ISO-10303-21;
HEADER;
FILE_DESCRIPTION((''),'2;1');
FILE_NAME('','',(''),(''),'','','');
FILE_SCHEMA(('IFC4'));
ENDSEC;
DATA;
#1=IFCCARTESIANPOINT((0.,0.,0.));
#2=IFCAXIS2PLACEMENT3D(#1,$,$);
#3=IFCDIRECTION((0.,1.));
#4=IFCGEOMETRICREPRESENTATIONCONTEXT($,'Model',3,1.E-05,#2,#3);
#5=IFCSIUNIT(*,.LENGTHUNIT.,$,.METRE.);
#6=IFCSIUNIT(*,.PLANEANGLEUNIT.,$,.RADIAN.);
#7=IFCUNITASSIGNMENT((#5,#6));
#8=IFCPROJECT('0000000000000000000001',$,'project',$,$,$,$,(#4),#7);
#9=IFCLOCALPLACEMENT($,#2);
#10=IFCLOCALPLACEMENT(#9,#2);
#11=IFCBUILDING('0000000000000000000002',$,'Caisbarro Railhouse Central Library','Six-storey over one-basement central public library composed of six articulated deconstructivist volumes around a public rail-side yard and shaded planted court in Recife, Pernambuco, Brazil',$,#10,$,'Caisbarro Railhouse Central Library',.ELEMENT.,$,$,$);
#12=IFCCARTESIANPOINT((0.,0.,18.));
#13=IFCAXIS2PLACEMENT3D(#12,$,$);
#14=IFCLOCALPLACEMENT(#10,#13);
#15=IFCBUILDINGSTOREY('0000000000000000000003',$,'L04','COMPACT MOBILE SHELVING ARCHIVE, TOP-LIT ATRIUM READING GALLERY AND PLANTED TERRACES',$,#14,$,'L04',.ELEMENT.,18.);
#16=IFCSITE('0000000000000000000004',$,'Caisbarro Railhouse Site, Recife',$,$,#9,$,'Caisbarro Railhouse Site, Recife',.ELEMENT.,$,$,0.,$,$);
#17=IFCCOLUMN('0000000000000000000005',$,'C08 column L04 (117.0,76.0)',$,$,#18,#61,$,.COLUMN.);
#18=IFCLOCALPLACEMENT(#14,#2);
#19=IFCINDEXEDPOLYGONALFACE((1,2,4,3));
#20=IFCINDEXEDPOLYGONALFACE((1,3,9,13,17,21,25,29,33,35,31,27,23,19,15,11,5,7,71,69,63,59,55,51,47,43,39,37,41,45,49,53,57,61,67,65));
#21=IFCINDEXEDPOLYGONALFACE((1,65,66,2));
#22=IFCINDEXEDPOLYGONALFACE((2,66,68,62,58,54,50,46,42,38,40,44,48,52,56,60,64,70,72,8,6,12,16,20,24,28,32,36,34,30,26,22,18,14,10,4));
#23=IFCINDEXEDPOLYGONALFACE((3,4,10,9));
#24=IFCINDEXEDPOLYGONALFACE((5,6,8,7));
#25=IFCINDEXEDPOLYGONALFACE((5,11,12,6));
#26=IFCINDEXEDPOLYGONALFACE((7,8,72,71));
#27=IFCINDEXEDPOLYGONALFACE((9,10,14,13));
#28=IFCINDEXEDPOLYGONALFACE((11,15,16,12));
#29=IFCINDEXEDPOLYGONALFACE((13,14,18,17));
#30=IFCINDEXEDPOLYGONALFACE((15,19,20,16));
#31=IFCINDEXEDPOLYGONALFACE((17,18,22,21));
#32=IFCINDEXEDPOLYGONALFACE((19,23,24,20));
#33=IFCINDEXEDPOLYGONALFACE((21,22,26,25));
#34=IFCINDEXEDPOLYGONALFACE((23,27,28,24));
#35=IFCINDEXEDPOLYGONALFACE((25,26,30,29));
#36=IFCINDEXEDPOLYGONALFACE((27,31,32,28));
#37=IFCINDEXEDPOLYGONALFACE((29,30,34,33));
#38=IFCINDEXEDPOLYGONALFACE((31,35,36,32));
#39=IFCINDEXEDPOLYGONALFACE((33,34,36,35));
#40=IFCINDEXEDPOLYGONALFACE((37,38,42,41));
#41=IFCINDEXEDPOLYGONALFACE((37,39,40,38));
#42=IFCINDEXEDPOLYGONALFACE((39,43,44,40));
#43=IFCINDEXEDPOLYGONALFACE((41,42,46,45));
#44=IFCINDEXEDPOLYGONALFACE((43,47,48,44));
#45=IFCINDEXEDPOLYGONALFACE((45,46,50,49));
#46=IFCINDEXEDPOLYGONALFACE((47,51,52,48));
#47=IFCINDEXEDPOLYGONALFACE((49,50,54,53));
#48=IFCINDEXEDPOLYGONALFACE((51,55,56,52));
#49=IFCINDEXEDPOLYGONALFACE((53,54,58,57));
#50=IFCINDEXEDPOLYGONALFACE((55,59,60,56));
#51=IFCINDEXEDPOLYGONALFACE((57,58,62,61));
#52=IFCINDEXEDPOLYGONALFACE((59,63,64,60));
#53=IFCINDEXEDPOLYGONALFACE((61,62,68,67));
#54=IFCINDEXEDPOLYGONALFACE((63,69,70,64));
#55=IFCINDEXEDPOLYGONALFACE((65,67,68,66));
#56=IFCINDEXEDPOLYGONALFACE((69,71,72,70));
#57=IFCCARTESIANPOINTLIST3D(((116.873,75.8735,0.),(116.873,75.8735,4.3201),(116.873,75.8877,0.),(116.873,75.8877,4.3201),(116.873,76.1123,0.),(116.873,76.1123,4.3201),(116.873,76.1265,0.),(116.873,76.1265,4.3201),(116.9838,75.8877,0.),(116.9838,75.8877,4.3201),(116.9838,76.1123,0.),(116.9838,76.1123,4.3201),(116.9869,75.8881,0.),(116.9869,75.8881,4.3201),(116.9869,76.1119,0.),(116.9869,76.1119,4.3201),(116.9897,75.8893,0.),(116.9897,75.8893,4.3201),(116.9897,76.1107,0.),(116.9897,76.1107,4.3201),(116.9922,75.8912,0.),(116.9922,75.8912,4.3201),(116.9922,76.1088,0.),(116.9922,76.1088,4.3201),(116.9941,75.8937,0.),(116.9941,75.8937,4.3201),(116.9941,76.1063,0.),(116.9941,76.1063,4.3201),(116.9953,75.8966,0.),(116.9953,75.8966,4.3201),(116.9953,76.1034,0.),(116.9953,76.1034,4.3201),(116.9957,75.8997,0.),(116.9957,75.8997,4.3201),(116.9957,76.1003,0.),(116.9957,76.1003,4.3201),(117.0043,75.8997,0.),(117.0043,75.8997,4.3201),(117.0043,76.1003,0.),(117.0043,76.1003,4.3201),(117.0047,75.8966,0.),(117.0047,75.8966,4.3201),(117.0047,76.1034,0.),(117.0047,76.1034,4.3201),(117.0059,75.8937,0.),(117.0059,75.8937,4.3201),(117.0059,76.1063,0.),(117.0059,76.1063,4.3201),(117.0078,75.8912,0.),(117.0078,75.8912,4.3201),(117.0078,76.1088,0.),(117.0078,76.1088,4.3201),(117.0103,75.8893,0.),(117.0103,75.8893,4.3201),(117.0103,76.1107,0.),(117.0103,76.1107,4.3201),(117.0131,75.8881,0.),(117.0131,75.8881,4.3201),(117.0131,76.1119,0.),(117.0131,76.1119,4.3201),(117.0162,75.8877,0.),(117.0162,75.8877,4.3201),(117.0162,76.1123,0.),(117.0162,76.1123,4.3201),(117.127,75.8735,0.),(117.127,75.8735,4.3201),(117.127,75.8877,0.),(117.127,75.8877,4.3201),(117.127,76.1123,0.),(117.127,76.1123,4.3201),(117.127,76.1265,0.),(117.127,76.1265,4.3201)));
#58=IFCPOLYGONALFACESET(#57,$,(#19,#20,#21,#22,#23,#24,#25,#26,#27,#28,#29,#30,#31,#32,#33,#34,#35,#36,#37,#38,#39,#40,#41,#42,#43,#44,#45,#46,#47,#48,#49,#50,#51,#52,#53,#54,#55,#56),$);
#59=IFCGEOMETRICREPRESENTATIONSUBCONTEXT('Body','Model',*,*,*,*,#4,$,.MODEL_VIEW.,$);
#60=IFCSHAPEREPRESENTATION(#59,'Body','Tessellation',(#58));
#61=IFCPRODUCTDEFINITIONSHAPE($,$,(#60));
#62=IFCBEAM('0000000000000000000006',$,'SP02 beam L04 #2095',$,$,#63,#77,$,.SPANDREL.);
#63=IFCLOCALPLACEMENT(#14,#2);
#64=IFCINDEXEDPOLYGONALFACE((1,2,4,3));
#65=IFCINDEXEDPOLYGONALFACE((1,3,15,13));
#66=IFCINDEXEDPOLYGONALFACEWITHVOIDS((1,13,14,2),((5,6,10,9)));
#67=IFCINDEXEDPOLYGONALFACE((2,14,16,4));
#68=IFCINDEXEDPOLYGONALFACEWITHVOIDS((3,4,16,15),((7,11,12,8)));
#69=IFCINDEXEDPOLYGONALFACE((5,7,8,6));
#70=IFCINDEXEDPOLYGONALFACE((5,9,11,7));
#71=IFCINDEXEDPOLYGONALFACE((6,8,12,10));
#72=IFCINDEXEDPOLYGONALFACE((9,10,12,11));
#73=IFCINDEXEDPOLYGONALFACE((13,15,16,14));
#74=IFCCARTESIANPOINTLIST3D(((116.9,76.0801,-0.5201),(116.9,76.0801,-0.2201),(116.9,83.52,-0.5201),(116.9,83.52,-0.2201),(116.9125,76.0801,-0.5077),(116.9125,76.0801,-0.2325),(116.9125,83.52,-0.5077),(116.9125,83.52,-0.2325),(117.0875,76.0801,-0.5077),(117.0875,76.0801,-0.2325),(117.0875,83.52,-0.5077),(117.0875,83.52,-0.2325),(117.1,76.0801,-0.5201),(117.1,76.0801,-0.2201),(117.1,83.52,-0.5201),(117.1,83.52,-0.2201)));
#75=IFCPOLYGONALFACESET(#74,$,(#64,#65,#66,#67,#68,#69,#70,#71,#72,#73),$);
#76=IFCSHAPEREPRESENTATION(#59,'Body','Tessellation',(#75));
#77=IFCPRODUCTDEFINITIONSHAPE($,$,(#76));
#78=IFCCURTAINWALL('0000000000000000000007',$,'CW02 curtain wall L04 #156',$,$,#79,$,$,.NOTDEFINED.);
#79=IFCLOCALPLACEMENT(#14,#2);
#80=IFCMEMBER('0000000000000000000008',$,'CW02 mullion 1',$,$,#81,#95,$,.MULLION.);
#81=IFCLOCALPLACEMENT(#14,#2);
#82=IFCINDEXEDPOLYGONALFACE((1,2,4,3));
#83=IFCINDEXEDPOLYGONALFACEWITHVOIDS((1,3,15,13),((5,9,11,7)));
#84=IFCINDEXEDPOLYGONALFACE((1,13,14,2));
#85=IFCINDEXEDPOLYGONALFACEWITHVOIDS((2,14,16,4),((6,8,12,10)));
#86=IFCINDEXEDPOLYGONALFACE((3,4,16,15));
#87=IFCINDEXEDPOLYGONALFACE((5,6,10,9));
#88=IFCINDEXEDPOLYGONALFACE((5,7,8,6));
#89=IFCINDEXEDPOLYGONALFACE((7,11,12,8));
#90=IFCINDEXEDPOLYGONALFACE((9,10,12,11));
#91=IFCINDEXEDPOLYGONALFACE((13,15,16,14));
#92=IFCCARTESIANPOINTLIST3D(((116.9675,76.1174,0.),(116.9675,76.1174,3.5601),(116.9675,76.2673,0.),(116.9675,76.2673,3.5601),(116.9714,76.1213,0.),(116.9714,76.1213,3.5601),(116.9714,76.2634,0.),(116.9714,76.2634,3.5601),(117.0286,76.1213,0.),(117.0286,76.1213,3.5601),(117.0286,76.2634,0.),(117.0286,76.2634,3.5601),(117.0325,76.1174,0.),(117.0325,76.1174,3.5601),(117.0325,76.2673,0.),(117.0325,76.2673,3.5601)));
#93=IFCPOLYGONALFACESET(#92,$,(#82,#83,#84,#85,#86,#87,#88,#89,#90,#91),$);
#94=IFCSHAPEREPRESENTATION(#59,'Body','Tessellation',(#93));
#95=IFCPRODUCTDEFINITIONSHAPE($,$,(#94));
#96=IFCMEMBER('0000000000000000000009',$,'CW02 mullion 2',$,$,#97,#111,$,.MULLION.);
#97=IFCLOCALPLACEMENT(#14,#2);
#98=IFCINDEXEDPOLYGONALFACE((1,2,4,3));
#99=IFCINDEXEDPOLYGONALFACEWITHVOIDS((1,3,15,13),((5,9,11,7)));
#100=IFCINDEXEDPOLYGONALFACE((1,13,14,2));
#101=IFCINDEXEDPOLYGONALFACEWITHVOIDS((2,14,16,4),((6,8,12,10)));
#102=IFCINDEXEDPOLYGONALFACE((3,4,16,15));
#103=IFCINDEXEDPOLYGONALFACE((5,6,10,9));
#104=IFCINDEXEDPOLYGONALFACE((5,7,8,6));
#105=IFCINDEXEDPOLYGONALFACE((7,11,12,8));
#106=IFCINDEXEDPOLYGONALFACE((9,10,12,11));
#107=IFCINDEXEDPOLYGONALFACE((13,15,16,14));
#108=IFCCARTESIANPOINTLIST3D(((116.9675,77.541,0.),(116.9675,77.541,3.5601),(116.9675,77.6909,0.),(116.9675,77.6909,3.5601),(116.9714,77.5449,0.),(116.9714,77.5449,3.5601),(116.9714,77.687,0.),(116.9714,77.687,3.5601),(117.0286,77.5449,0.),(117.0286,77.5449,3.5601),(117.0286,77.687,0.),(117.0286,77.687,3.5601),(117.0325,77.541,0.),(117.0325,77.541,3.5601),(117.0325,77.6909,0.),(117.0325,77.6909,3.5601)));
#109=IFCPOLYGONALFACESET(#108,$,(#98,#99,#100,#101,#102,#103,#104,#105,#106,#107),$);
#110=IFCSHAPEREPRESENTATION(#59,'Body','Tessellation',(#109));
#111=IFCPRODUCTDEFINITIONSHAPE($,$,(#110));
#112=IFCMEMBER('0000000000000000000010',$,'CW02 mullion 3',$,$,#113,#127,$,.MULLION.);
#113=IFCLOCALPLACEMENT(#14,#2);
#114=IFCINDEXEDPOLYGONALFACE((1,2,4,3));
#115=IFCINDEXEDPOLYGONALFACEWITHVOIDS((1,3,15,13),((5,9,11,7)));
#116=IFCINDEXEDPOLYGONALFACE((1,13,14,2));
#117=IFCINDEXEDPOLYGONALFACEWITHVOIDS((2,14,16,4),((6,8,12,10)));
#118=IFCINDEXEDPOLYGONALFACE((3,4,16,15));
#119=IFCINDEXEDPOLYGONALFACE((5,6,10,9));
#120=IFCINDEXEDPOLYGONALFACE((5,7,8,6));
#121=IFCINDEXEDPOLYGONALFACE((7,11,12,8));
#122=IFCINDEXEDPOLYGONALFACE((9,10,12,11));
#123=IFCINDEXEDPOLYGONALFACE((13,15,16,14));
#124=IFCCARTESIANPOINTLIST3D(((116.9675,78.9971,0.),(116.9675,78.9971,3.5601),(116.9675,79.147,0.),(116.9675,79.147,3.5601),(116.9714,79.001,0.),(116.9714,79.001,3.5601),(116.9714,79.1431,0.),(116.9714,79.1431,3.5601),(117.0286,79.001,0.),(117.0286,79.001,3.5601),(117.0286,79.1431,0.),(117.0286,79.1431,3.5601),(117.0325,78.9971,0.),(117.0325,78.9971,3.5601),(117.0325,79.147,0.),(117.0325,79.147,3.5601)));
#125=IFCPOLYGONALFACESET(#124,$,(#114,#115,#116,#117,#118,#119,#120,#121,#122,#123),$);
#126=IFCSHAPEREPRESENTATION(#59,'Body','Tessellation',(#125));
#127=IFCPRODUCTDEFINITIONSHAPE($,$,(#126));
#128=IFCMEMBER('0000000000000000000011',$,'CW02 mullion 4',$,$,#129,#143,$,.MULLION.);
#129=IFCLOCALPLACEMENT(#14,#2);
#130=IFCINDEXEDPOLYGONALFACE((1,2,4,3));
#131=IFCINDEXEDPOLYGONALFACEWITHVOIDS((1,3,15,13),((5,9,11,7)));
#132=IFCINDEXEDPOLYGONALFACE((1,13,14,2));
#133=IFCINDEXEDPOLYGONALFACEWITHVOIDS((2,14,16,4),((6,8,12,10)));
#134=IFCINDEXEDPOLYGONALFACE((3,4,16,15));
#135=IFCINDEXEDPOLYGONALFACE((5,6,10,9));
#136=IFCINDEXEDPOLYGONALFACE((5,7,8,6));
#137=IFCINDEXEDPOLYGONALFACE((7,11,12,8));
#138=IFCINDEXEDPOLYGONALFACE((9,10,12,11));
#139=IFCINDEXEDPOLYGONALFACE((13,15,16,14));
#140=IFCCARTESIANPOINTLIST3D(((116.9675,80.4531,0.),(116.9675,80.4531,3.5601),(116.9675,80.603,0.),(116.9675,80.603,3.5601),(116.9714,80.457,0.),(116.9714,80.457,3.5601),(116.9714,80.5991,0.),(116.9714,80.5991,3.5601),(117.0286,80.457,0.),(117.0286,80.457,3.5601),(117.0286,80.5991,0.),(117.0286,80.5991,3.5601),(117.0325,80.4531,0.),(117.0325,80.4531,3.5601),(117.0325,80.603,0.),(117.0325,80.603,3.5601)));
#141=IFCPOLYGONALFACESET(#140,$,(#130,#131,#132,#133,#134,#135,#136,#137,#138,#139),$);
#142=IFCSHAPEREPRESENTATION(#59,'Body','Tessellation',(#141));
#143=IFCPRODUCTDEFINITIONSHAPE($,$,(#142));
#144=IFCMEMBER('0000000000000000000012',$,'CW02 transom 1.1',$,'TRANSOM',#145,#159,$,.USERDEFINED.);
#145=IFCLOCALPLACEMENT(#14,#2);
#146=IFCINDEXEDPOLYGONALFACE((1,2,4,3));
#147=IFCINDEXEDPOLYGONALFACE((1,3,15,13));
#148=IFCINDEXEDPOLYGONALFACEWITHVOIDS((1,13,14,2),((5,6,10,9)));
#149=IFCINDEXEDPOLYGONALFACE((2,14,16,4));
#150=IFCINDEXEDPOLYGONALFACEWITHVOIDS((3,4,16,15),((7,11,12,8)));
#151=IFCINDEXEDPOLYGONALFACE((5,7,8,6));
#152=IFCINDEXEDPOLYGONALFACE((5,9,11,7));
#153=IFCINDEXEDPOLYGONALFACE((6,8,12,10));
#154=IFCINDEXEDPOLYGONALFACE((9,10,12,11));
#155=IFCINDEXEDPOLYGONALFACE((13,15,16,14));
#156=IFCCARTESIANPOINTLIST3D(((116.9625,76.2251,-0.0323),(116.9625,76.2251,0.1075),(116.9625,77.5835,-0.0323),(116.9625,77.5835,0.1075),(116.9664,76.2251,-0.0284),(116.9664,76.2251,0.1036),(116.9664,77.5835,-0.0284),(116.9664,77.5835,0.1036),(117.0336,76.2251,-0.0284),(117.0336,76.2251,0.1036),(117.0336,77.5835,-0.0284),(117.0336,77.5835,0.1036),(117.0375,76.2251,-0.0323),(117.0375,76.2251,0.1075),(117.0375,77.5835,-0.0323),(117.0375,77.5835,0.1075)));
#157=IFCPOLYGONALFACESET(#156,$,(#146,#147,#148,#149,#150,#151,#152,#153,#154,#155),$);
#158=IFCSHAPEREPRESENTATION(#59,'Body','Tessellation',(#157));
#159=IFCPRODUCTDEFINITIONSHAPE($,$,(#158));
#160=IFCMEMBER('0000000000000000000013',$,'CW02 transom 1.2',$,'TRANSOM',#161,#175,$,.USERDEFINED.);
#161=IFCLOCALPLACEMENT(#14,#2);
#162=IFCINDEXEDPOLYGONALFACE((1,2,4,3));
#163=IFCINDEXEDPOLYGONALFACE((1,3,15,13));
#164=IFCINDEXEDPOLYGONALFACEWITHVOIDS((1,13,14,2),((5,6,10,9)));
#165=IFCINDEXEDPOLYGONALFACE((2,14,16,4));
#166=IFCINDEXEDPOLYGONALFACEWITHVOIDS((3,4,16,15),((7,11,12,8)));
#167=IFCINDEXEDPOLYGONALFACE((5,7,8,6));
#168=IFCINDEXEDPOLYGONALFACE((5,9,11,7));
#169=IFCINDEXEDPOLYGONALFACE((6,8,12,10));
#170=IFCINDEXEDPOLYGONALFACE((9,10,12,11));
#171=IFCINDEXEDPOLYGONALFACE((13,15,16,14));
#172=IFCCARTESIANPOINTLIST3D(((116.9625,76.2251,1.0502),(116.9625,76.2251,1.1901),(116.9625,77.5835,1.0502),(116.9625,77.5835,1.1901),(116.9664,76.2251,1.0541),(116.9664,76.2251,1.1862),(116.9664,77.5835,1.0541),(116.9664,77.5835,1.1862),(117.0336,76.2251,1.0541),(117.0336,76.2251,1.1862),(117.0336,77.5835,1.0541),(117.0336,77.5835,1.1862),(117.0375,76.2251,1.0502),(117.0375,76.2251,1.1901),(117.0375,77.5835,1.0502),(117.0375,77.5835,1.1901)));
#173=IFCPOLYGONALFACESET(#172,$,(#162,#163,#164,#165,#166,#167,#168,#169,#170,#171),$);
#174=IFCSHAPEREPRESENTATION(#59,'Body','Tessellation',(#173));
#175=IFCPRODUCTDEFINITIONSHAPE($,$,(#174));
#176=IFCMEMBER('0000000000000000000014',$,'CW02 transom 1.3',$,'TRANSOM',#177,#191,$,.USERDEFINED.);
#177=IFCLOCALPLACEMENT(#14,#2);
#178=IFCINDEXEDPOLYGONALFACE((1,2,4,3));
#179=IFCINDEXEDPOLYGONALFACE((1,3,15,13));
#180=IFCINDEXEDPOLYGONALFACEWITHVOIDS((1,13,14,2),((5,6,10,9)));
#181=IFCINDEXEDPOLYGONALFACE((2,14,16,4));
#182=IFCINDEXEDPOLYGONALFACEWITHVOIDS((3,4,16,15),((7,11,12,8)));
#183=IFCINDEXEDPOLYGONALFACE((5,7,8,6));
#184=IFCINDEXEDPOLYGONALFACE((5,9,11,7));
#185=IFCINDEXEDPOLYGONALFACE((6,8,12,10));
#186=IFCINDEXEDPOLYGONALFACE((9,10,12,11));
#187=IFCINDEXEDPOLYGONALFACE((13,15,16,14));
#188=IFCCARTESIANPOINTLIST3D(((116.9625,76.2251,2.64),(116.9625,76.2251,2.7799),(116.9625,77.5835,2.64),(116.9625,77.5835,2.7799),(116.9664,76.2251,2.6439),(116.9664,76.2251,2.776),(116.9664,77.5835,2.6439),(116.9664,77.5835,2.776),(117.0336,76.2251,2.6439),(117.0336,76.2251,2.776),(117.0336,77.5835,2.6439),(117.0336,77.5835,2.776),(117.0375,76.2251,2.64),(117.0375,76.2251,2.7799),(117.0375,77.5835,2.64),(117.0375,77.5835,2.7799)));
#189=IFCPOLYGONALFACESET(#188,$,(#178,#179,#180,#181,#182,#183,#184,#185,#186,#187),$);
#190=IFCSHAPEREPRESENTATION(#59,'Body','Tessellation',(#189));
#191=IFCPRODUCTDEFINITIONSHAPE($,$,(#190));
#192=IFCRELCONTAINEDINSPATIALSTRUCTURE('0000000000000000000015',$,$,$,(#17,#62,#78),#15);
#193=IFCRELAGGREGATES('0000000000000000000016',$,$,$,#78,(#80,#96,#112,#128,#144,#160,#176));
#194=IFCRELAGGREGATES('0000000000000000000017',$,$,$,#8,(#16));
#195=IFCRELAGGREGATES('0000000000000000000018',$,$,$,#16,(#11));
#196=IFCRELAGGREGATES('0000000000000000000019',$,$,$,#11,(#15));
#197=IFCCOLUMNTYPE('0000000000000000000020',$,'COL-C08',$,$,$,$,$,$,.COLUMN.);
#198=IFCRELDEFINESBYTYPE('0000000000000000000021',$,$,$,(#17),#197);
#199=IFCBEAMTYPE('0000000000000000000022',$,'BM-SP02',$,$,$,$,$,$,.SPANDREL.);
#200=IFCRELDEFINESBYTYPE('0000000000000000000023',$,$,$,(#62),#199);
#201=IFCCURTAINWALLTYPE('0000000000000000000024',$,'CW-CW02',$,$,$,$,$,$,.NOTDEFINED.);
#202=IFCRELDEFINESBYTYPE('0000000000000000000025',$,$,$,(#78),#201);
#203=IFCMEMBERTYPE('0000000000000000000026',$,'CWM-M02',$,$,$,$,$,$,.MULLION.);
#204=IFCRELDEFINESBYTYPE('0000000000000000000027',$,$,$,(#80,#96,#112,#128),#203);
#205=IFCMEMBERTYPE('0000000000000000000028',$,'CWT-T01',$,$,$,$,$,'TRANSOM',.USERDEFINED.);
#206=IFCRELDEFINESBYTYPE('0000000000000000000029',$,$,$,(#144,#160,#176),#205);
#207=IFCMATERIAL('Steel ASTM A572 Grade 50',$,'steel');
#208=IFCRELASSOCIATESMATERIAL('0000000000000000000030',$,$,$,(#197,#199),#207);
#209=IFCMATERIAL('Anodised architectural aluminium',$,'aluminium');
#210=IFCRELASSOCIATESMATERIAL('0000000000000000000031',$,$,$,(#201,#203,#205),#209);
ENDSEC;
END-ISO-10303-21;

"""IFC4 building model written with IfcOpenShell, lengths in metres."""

from ifc_helpers import new_model, si_unit, direction, frame, origin, origin_2d, place, context, subcontext, project, spatial, hollow_rectangle, i_section, extrude, material, material_profile, profile_set, type_object, element, aggregate, save


model = new_model("IFC4")

# Units and contexts
model_context = context("Model", 3, precision=1e-05, world=origin(), true_north=direction((0.0, 1.0)))
body_context = subcontext(model_context, "Body", "Model", "MODEL_VIEW")
ifc_project = project(units=[si_unit("LENGTHUNIT", "METRE"), si_unit("PLANEANGLEUNIT", "RADIAN")], contexts=[model_context])

# Site, building, storey
site_placement = place(None, origin())
site = spatial("IfcSite", under=ifc_project, at=site_placement, Name="Caisbarro Railhouse Site, Recife", LongName="Caisbarro Railhouse Site, Recife", CompositionType="ELEMENT", RefElevation=0.0)
building_placement = place(site_placement, origin())
building = spatial("IfcBuilding", under=site, at=building_placement, Name="Caisbarro Railhouse Central Library", Description="Six-storey over one-basement central public library composed of six articulated deconstructivist volumes around a public rail-side yard and shaded planted court in Recife, Pernambuco, Brazil", LongName="Caisbarro Railhouse Central Library", CompositionType="ELEMENT")
storey_placement = place(building_placement, frame((0.0, 0.0, 18.0)))
storey = spatial("IfcBuildingStorey", under=building, at=storey_placement, Name="L04", Description="COMPACT MOBILE SHELVING ARCHIVE, TOP-LIT ATRIUM READING GALLERY AND PLANTED TERRACES", LongName="L04", CompositionType="ELEMENT", Elevation=18.0)

# Column
ifc_material_1 = material(Name="Steel ASTM A572 Grade 50", Category="steel")
ifc_material_profile_1 = material_profile(ifc_material_1, i_section(OverallWidth=0.2539, OverallDepth=0.2529, WebThickness=0.0085, FlangeThickness=0.0142, FilletRadius=0.012, at=origin_2d()), Name="W250X73.0")
ifc_profile_set_1 = profile_set([ifc_material_profile_1], Name="Steel ASTM A572 Grade 50")
column_type = type_object("IfcColumnType", Name="COL-C08", PredefinedType="COLUMN", material=ifc_profile_set_1)
column_placement = place(storey_placement, frame((117.0, 76.0, 0.0), z_axis=(0.0, 0.0, 1.0), x_axis=(1.0, 0.0, 0.0)))
element("IfcColumn", 1, at=column_placement, inside=storey, type_object=column_type, Name="C08 column L04 (117.0,76.0)", PredefinedType="COLUMN", context=body_context, shape_type="SweptSolid", body=[
    extrude(i_section(OverallWidth=0.2539, OverallDepth=0.2529, WebThickness=0.0085, FlangeThickness=0.0142, FilletRadius=0.012, at=origin_2d()), origin(), (0.0, 0.0, 1.0), 4.3201),
])

# Beam
ifc_material_profile_2 = material_profile(ifc_material_1, hollow_rectangle(XDim=0.2, YDim=0.3, WallThickness=0.0125, at=origin_2d()), Name="HSS300X200X12.5")
ifc_profile_set_2 = profile_set([ifc_material_profile_2], Name="Steel ASTM A572 Grade 50")
beam_type = type_object("IfcBeamType", Name="BM-SP02", PredefinedType="SPANDREL", material=ifc_profile_set_2)
beam_placement = place(storey_placement, frame((117.0, 76.0801, -0.3701), z_axis=(0.0, 1.0, 0.0), x_axis=(-1.0, 0.0, 0.0)))
element("IfcBeam", 2, at=beam_placement, inside=storey, type_object=beam_type, Name="SP02 beam L04 #2095", PredefinedType="SPANDREL", context=body_context, shape_type="SweptSolid", body=[
    extrude(hollow_rectangle(XDim=0.2, YDim=0.3, WallThickness=0.0125, at=origin_2d()), origin(), (0.0, 0.0, 1.0), 7.4399),
])

# Curtain wall, members
ifc_material_2 = material(Name="Anodised architectural aluminium", Category="aluminium")
curtain_wall_type = type_object("IfcCurtainWallType", Name="CW-CW02", PredefinedType="NOTDEFINED", material=ifc_material_2)
curtain_wall_placement = place(storey_placement, origin())
curtain_wall = element("IfcCurtainWall", 3, at=curtain_wall_placement, inside=storey, type_object=curtain_wall_type, Name="CW02 curtain wall L04 #156", PredefinedType="NOTDEFINED")
ifc_material_profile_3 = material_profile(ifc_material_2, hollow_rectangle(XDim=0.0649, YDim=0.1499, WallThickness=0.0039, at=origin_2d()), Name="ALU-MUL-65X150")
ifc_profile_set_3 = profile_set([ifc_material_profile_3], Name="Anodised architectural aluminium")
member_type_1 = type_object("IfcMemberType", Name="CWM-M02", PredefinedType="MULLION", material=ifc_profile_set_3)
member_1_placement = place(storey_placement, frame((117.0, 76.1924, 0.0), z_axis=(0.0, 0.0, 1.0), x_axis=(-1.0, 0.0, 0.0)))
member_1 = element("IfcMember", 4, at=member_1_placement, type_object=member_type_1, Name="CW02 mullion 1", PredefinedType="MULLION", context=body_context, shape_type="SweptSolid", body=[
    extrude(hollow_rectangle(XDim=0.0649, YDim=0.1499, WallThickness=0.0039, at=origin_2d()), origin(), (0.0, 0.0, 1.0), 3.5601),
])
member_2_placement = place(storey_placement, frame((117.0, 77.616, 0.0), z_axis=(0.0, 0.0, 1.0), x_axis=(-1.0, 0.0, 0.0)))
member_2 = element("IfcMember", 5, at=member_2_placement, type_object=member_type_1, Name="CW02 mullion 2", PredefinedType="MULLION", context=body_context, shape_type="SweptSolid", body=[
    extrude(hollow_rectangle(XDim=0.0649, YDim=0.1499, WallThickness=0.0039, at=origin_2d()), origin(), (0.0, 0.0, 1.0), 3.5601),
])
member_3_placement = place(storey_placement, frame((117.0, 79.072, 0.0), z_axis=(0.0, 0.0, 1.0), x_axis=(-1.0, 0.0, 0.0)))
member_3 = element("IfcMember", 6, at=member_3_placement, type_object=member_type_1, Name="CW02 mullion 3", PredefinedType="MULLION", context=body_context, shape_type="SweptSolid", body=[
    extrude(hollow_rectangle(XDim=0.0649, YDim=0.1499, WallThickness=0.0039, at=origin_2d()), origin(), (0.0, 0.0, 1.0), 3.5601),
])
member_4_placement = place(storey_placement, frame((117.0, 80.5281, 0.0), z_axis=(0.0, 0.0, 1.0), x_axis=(-1.0, 0.0, 0.0)))
member_4 = element("IfcMember", 7, at=member_4_placement, type_object=member_type_1, Name="CW02 mullion 4", PredefinedType="MULLION", context=body_context, shape_type="SweptSolid", body=[
    extrude(hollow_rectangle(XDim=0.0649, YDim=0.1499, WallThickness=0.0039, at=origin_2d()), origin(), (0.0, 0.0, 1.0), 3.5601),
])
ifc_material_profile_4 = material_profile(ifc_material_2, hollow_rectangle(XDim=0.075, YDim=0.1399, WallThickness=0.0039, at=origin_2d()), Name="ALU-TRN-75X140")
ifc_profile_set_4 = profile_set([ifc_material_profile_4], Name="Anodised architectural aluminium")
member_type_2 = type_object("IfcMemberType", Name="CWT-T01", ElementType="TRANSOM", PredefinedType="USERDEFINED", material=ifc_profile_set_4)
member_5_placement = place(storey_placement, frame((117.0, 76.2251, 0.0376), z_axis=(0.0, 1.0, 0.0), x_axis=(-1.0, 0.0, 0.0)))
member_5 = element("IfcMember", 8, at=member_5_placement, type_object=member_type_2, Name="CW02 transom 1.1", ObjectType="TRANSOM", PredefinedType="USERDEFINED", context=body_context, shape_type="SweptSolid", body=[
    extrude(hollow_rectangle(XDim=0.075, YDim=0.1399, WallThickness=0.0039, at=origin_2d()), origin(), (0.0, 0.0, 1.0), 1.3584),
])
member_6_placement = place(storey_placement, frame((117.0, 76.2251, 1.1201), z_axis=(0.0, 1.0, 0.0), x_axis=(-1.0, 0.0, 0.0)))
member_6 = element("IfcMember", 9, at=member_6_placement, type_object=member_type_2, Name="CW02 transom 1.2", ObjectType="TRANSOM", PredefinedType="USERDEFINED", context=body_context, shape_type="SweptSolid", body=[
    extrude(hollow_rectangle(XDim=0.075, YDim=0.1399, WallThickness=0.0039, at=origin_2d()), origin(), (0.0, 0.0, 1.0), 1.3584),
])
member_7_placement = place(storey_placement, frame((117.0, 76.2251, 2.71), z_axis=(0.0, 1.0, 0.0), x_axis=(-1.0, 0.0, 0.0)))
member_7 = element("IfcMember", 10, at=member_7_placement, type_object=member_type_2, Name="CW02 transom 1.3", ObjectType="TRANSOM", PredefinedType="USERDEFINED", context=body_context, shape_type="SweptSolid", body=[
    extrude(hollow_rectangle(XDim=0.075, YDim=0.1399, WallThickness=0.0039, at=origin_2d()), origin(), (0.0, 0.0, 1.0), 1.3584),
])
aggregate(curtain_wall, [member_1, member_2, member_3, member_4, member_5, member_6, member_7])

save(model, "model.ifc")
